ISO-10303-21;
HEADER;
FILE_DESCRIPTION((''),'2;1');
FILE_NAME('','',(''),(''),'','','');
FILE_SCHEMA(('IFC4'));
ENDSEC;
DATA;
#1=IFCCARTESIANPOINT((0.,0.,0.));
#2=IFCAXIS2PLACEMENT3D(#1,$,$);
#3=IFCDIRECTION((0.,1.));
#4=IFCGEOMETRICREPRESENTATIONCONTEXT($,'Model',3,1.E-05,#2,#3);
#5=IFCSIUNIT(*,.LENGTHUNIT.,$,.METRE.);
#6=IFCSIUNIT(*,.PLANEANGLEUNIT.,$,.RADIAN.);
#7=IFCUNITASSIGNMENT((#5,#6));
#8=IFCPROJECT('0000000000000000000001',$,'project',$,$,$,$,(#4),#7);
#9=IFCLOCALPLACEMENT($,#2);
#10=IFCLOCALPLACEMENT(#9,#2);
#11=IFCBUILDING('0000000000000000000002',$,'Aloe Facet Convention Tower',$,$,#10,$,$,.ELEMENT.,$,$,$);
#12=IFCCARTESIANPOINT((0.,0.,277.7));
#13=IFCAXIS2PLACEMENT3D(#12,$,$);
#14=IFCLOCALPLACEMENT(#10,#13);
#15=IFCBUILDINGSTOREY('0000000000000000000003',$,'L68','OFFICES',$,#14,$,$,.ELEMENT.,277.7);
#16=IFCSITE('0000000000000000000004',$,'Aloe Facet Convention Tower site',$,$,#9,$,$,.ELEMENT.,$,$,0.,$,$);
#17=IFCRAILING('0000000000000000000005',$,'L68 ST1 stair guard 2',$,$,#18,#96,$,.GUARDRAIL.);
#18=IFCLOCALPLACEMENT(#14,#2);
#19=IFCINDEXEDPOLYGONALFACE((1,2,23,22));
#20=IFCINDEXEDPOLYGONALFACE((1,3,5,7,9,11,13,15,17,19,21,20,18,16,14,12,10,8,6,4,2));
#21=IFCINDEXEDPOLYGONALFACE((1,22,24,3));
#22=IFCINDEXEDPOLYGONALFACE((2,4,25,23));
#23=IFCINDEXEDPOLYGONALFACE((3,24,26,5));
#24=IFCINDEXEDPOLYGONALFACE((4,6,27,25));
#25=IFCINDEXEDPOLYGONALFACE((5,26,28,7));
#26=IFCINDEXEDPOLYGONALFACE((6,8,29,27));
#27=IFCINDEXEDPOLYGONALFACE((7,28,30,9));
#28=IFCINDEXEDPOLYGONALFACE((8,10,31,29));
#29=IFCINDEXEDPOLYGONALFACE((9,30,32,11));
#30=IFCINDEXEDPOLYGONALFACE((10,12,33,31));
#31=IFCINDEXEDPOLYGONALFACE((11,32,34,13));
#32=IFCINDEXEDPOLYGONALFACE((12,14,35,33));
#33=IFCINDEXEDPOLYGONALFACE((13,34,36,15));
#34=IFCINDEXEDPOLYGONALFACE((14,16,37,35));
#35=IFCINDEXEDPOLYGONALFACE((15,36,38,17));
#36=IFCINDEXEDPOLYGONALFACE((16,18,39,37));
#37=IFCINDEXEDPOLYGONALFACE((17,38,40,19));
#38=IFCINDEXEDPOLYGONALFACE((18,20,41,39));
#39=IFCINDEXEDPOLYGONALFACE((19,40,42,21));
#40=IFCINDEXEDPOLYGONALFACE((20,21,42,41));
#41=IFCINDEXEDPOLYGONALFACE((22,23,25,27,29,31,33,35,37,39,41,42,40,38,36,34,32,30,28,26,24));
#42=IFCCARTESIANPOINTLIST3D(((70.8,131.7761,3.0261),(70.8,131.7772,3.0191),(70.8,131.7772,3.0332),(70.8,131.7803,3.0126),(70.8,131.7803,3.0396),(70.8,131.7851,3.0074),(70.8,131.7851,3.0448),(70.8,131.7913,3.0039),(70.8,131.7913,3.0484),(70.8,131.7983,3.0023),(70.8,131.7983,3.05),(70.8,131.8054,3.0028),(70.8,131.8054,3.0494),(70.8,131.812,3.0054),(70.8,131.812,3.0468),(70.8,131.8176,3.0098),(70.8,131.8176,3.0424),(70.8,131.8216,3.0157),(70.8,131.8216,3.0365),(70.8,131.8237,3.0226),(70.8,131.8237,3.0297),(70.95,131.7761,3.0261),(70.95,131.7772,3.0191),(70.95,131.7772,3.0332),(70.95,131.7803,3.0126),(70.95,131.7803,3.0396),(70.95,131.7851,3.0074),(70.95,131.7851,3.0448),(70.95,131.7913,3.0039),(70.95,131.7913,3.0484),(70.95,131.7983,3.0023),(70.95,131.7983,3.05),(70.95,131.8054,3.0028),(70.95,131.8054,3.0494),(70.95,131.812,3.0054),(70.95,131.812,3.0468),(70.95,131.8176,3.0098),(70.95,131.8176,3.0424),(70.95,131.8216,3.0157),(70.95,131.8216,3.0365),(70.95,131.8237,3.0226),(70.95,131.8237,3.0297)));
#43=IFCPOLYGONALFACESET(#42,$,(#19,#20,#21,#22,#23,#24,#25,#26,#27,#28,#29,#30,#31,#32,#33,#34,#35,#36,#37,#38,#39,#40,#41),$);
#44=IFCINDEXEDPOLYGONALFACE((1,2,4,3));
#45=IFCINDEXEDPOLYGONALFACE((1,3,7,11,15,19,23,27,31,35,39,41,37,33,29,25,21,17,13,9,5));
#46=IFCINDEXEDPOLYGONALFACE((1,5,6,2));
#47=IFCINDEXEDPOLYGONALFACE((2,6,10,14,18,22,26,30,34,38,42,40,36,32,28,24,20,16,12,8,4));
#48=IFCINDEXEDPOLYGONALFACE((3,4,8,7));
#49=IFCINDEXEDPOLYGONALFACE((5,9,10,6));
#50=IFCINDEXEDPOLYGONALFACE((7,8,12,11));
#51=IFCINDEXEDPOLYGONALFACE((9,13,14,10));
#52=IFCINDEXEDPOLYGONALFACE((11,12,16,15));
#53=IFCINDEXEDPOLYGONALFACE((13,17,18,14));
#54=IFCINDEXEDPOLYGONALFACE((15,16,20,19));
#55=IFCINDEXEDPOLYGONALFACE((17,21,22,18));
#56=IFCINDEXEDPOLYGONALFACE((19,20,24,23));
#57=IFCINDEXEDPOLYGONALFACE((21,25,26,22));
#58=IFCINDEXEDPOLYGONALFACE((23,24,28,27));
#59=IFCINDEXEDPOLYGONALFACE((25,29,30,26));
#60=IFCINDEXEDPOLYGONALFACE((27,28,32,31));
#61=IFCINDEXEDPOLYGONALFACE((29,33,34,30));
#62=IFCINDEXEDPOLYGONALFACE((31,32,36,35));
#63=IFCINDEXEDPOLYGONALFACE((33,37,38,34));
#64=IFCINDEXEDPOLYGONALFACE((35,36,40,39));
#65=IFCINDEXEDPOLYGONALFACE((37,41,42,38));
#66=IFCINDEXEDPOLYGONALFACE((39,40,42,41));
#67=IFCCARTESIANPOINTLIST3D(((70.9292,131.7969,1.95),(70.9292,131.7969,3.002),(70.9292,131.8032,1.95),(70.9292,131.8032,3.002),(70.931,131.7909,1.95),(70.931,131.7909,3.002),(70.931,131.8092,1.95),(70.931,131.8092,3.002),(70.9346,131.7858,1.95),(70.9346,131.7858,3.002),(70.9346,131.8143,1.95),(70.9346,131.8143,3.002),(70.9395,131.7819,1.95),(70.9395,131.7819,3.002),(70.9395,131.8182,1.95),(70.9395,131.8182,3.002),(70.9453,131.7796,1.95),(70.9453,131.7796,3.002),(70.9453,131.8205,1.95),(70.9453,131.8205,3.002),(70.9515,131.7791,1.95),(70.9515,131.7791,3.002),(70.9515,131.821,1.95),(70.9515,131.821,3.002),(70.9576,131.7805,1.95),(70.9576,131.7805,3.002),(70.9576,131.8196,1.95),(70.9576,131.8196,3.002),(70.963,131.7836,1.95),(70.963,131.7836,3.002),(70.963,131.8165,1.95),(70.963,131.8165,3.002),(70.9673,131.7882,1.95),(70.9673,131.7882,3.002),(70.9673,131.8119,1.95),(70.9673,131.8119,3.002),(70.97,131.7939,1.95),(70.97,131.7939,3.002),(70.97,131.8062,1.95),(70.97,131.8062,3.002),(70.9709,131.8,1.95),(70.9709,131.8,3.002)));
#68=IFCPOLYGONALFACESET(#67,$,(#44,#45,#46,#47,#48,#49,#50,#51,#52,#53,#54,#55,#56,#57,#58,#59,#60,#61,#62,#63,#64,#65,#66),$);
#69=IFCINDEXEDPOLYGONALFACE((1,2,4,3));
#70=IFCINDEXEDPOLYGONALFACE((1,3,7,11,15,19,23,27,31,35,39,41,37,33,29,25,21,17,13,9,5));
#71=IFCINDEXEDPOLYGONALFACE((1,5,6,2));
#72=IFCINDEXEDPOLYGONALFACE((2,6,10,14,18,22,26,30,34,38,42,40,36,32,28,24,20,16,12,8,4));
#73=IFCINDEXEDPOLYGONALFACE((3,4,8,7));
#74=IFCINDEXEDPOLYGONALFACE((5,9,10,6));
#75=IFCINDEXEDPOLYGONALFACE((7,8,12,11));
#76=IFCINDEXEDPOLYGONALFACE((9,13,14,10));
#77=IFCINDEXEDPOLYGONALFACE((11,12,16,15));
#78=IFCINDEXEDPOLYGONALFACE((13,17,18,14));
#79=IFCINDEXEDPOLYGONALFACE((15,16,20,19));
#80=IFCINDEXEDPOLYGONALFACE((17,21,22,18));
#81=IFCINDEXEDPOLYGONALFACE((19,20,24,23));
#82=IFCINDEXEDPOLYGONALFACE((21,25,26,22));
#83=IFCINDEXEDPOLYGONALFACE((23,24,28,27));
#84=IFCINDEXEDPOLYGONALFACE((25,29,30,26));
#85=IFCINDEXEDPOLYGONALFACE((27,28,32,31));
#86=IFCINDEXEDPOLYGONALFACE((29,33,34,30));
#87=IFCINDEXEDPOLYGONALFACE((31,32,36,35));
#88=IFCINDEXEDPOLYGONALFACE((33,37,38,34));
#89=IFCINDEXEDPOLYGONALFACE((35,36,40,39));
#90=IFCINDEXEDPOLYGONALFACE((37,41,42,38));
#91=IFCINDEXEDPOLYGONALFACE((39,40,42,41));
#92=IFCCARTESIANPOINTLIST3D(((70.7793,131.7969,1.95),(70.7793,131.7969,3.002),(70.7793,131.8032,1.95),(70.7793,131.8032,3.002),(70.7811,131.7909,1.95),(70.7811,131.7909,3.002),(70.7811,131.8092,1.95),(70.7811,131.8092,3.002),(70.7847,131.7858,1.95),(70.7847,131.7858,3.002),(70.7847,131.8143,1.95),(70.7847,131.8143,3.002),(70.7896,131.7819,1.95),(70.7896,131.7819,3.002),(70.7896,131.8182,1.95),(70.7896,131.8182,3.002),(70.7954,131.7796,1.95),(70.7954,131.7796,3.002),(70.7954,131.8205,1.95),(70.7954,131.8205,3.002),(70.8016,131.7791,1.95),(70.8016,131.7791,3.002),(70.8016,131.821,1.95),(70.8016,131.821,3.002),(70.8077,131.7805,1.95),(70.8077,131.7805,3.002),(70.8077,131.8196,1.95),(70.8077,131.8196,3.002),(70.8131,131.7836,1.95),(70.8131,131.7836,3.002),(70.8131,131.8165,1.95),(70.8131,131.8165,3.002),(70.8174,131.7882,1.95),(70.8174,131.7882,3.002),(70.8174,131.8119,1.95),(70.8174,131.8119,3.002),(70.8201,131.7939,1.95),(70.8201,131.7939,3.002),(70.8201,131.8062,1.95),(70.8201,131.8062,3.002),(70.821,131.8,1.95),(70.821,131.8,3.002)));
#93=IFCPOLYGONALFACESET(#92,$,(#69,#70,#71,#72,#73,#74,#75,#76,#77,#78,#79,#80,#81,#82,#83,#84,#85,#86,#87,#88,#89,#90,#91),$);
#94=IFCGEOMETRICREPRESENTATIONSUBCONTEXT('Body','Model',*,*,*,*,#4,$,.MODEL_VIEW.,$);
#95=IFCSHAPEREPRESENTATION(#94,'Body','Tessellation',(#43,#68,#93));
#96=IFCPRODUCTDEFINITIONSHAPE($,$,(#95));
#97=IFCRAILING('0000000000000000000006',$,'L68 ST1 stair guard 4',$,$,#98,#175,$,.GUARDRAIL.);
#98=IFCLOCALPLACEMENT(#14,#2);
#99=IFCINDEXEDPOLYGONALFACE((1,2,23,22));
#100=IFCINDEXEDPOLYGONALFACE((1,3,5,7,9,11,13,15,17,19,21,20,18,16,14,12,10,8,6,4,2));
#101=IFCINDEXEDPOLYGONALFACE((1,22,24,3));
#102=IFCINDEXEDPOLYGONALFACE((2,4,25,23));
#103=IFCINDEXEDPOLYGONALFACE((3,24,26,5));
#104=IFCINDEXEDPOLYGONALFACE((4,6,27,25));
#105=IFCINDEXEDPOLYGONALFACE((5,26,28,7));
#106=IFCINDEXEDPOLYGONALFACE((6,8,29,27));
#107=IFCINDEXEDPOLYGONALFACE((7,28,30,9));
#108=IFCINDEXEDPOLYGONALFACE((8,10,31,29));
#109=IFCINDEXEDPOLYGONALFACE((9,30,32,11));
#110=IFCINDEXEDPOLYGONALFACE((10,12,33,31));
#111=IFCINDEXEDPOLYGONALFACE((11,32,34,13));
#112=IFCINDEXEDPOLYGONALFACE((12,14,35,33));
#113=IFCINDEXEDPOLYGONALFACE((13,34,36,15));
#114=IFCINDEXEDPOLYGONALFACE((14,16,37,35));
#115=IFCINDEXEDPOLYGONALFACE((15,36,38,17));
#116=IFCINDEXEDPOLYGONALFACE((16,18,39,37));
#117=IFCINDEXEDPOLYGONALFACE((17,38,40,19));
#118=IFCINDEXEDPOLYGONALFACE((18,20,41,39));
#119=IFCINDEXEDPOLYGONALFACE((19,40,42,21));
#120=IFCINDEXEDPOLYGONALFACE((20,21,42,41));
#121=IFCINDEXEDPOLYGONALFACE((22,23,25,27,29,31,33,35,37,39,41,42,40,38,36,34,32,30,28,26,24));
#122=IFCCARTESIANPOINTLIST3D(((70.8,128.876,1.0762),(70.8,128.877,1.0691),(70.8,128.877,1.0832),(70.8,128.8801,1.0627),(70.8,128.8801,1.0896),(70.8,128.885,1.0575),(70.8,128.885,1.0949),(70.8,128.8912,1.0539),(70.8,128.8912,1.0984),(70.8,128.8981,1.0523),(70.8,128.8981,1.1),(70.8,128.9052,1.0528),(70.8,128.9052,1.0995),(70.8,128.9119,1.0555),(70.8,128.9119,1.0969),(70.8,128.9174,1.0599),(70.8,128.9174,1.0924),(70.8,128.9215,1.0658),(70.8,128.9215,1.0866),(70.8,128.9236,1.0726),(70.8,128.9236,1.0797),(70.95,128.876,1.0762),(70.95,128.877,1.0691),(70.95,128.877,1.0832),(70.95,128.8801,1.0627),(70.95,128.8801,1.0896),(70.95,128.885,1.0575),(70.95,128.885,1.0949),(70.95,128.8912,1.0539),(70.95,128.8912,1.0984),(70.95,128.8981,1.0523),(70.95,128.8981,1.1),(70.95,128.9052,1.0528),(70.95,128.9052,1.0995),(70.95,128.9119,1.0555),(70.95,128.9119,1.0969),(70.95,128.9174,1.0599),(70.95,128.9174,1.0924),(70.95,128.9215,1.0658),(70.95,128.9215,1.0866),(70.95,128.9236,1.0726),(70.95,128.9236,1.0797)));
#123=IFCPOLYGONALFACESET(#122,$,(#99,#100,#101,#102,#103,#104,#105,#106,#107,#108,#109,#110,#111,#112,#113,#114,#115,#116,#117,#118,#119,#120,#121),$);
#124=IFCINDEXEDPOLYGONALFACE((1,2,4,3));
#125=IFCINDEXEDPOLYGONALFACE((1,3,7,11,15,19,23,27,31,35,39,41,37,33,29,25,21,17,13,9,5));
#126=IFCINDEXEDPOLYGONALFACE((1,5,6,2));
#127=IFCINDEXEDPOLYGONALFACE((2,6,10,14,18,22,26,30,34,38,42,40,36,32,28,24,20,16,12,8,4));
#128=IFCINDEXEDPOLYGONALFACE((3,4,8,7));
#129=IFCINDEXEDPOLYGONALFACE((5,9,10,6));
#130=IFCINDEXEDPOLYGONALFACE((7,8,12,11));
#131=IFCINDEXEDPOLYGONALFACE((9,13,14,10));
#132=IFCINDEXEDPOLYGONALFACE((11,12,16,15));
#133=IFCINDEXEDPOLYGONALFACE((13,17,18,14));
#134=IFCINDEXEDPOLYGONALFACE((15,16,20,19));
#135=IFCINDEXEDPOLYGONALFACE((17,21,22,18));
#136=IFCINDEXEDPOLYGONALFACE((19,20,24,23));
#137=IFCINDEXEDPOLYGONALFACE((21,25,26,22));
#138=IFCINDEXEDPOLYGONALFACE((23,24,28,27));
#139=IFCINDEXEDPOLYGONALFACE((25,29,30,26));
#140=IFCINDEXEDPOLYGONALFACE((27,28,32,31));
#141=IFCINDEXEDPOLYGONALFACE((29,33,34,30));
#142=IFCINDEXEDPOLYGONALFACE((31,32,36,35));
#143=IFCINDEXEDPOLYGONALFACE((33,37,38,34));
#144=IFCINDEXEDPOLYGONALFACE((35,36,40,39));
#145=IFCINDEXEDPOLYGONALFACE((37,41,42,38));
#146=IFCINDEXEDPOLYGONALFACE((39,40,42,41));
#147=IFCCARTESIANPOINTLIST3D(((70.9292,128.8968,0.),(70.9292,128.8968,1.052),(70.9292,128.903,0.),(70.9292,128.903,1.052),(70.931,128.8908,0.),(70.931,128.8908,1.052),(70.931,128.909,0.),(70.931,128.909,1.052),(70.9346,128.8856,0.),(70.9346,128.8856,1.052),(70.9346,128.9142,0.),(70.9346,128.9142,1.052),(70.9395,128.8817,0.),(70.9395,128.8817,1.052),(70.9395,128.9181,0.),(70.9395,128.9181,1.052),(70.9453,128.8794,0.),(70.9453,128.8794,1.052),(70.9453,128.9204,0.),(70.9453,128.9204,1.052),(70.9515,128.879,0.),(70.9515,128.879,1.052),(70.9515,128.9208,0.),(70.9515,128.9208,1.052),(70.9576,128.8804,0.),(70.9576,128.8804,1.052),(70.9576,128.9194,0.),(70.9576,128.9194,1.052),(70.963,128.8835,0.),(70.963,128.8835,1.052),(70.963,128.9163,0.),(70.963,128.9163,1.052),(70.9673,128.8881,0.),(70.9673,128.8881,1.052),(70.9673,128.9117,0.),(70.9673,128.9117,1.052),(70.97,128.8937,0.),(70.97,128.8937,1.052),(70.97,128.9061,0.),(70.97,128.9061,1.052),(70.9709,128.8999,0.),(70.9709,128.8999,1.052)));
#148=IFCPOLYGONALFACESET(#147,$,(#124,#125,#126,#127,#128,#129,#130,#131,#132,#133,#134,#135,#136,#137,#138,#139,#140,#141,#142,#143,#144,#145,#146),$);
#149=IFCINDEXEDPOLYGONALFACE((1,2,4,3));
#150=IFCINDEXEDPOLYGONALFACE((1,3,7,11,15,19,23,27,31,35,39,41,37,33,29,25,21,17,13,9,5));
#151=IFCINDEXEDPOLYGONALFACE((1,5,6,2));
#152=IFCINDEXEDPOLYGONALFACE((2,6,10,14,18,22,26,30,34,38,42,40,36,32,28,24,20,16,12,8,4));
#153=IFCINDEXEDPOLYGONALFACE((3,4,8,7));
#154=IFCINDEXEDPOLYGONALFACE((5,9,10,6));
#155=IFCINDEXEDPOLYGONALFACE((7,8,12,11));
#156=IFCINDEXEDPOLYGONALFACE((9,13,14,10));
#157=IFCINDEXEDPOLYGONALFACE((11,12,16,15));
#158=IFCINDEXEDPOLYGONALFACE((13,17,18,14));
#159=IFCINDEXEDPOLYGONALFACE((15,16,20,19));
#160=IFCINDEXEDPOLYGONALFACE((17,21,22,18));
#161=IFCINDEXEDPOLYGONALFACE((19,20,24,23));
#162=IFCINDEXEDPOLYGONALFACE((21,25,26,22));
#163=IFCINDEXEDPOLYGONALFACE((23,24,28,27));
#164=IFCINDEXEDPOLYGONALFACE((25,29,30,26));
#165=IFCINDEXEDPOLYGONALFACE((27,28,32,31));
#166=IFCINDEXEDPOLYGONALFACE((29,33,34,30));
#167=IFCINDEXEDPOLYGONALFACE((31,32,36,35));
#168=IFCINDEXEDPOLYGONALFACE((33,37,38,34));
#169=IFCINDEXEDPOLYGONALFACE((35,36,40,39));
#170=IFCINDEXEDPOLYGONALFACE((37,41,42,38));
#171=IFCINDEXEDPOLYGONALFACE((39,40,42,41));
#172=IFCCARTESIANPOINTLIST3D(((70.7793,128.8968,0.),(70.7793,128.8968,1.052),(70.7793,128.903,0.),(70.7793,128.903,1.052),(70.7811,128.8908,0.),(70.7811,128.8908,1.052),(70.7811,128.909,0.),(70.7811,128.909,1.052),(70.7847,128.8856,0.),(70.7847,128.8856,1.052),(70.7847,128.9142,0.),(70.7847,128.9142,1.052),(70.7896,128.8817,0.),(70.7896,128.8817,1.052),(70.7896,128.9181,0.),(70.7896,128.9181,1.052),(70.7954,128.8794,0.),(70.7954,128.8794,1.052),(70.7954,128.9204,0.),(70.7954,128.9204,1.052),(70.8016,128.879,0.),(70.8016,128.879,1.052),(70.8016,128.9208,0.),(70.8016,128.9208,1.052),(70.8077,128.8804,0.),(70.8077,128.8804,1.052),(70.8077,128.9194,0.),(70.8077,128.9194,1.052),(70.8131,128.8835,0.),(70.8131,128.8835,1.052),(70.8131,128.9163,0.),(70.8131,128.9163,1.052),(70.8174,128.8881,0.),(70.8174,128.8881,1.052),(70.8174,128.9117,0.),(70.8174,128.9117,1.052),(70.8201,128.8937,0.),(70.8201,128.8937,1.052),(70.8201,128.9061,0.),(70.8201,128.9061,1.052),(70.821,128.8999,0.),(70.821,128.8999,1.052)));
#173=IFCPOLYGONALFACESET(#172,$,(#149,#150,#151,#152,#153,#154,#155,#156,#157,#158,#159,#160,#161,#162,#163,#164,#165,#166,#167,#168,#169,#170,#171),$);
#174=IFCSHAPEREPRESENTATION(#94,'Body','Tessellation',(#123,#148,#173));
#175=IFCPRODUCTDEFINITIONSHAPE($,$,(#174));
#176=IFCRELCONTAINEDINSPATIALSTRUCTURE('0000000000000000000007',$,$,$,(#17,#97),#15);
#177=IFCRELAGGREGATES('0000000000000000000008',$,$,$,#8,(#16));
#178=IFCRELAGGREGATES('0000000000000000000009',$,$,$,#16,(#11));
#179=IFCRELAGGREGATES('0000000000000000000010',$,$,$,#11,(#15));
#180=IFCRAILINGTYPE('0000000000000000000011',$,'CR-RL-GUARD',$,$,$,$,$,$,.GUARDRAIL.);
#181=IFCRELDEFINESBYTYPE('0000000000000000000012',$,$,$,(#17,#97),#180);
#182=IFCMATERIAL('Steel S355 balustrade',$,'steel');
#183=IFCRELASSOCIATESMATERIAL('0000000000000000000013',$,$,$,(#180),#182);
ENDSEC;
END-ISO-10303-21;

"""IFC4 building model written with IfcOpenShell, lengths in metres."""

from ifc_helpers import new_model, si_unit, direction, frame, origin, origin_2d, place, context, subcontext, project, spatial, circle, extrude, material, type_object, element, save


model = new_model("IFC4")

# Units and contexts
model_context = context("Model", 3, precision=1e-05, world=origin(), true_north=direction((0.0, 1.0)))
body_context = subcontext(model_context, "Body", "Model", "MODEL_VIEW")
ifc_project = project(units=[si_unit("LENGTHUNIT", "METRE"), si_unit("PLANEANGLEUNIT", "RADIAN")], contexts=[model_context])

# Site, building, storey
site_placement = place(None, origin())
site = spatial("IfcSite", under=ifc_project, at=site_placement, Name="Aloe Facet Convention Tower site", CompositionType="ELEMENT", RefElevation=0.0)
building_placement = place(site_placement, origin())
building = spatial("IfcBuilding", under=site, at=building_placement, Name="Aloe Facet Convention Tower", CompositionType="ELEMENT")
storey_placement = place(building_placement, frame((0.0, 0.0, 277.7)))
storey = spatial("IfcBuildingStorey", under=building, at=storey_placement, Name="L68", Description="OFFICES", CompositionType="ELEMENT", Elevation=277.7)

# Railings
ifc_material_1 = material(Name="Steel S355 balustrade", Category="steel")
railing_type_1 = type_object("IfcRailingType", Name="CR-RL-GUARD", PredefinedType="GUARDRAIL", material=ifc_material_1)
for number, where, name in (
    (1, (70.95, 131.8, 1.95), "L68 ST1 stair guard 2"),
    (2, (70.95, 128.8999, 0.0), "L68 ST1 stair guard 4"),
):
    element("IfcRailing", number, at=place(storey_placement, frame(where)), inside=storey, type_object=railing_type_1, Name=name, PredefinedType="GUARDRAIL", context=body_context, shape_type="SweptSolid", body=[
        extrude(circle(Radius=0.0239, at=origin_2d()), frame((0.0, 0.0, 1.0762), z_axis=(-1.0, 0.0, 0.0), x_axis=(0.0, -1.0, 0.0)), (0.0, 0.0, 1.0), 0.1499),
        extrude(circle(Radius=0.021, at=origin_2d()), origin(), (0.0, 0.0, 1.0), 1.052),
        extrude(circle(Radius=0.021, at=origin_2d()), frame((-0.1499, 0.0, 0.0)), (0.0, 0.0, 1.0), 1.052),
    ])

save(model, "model.ifc")
